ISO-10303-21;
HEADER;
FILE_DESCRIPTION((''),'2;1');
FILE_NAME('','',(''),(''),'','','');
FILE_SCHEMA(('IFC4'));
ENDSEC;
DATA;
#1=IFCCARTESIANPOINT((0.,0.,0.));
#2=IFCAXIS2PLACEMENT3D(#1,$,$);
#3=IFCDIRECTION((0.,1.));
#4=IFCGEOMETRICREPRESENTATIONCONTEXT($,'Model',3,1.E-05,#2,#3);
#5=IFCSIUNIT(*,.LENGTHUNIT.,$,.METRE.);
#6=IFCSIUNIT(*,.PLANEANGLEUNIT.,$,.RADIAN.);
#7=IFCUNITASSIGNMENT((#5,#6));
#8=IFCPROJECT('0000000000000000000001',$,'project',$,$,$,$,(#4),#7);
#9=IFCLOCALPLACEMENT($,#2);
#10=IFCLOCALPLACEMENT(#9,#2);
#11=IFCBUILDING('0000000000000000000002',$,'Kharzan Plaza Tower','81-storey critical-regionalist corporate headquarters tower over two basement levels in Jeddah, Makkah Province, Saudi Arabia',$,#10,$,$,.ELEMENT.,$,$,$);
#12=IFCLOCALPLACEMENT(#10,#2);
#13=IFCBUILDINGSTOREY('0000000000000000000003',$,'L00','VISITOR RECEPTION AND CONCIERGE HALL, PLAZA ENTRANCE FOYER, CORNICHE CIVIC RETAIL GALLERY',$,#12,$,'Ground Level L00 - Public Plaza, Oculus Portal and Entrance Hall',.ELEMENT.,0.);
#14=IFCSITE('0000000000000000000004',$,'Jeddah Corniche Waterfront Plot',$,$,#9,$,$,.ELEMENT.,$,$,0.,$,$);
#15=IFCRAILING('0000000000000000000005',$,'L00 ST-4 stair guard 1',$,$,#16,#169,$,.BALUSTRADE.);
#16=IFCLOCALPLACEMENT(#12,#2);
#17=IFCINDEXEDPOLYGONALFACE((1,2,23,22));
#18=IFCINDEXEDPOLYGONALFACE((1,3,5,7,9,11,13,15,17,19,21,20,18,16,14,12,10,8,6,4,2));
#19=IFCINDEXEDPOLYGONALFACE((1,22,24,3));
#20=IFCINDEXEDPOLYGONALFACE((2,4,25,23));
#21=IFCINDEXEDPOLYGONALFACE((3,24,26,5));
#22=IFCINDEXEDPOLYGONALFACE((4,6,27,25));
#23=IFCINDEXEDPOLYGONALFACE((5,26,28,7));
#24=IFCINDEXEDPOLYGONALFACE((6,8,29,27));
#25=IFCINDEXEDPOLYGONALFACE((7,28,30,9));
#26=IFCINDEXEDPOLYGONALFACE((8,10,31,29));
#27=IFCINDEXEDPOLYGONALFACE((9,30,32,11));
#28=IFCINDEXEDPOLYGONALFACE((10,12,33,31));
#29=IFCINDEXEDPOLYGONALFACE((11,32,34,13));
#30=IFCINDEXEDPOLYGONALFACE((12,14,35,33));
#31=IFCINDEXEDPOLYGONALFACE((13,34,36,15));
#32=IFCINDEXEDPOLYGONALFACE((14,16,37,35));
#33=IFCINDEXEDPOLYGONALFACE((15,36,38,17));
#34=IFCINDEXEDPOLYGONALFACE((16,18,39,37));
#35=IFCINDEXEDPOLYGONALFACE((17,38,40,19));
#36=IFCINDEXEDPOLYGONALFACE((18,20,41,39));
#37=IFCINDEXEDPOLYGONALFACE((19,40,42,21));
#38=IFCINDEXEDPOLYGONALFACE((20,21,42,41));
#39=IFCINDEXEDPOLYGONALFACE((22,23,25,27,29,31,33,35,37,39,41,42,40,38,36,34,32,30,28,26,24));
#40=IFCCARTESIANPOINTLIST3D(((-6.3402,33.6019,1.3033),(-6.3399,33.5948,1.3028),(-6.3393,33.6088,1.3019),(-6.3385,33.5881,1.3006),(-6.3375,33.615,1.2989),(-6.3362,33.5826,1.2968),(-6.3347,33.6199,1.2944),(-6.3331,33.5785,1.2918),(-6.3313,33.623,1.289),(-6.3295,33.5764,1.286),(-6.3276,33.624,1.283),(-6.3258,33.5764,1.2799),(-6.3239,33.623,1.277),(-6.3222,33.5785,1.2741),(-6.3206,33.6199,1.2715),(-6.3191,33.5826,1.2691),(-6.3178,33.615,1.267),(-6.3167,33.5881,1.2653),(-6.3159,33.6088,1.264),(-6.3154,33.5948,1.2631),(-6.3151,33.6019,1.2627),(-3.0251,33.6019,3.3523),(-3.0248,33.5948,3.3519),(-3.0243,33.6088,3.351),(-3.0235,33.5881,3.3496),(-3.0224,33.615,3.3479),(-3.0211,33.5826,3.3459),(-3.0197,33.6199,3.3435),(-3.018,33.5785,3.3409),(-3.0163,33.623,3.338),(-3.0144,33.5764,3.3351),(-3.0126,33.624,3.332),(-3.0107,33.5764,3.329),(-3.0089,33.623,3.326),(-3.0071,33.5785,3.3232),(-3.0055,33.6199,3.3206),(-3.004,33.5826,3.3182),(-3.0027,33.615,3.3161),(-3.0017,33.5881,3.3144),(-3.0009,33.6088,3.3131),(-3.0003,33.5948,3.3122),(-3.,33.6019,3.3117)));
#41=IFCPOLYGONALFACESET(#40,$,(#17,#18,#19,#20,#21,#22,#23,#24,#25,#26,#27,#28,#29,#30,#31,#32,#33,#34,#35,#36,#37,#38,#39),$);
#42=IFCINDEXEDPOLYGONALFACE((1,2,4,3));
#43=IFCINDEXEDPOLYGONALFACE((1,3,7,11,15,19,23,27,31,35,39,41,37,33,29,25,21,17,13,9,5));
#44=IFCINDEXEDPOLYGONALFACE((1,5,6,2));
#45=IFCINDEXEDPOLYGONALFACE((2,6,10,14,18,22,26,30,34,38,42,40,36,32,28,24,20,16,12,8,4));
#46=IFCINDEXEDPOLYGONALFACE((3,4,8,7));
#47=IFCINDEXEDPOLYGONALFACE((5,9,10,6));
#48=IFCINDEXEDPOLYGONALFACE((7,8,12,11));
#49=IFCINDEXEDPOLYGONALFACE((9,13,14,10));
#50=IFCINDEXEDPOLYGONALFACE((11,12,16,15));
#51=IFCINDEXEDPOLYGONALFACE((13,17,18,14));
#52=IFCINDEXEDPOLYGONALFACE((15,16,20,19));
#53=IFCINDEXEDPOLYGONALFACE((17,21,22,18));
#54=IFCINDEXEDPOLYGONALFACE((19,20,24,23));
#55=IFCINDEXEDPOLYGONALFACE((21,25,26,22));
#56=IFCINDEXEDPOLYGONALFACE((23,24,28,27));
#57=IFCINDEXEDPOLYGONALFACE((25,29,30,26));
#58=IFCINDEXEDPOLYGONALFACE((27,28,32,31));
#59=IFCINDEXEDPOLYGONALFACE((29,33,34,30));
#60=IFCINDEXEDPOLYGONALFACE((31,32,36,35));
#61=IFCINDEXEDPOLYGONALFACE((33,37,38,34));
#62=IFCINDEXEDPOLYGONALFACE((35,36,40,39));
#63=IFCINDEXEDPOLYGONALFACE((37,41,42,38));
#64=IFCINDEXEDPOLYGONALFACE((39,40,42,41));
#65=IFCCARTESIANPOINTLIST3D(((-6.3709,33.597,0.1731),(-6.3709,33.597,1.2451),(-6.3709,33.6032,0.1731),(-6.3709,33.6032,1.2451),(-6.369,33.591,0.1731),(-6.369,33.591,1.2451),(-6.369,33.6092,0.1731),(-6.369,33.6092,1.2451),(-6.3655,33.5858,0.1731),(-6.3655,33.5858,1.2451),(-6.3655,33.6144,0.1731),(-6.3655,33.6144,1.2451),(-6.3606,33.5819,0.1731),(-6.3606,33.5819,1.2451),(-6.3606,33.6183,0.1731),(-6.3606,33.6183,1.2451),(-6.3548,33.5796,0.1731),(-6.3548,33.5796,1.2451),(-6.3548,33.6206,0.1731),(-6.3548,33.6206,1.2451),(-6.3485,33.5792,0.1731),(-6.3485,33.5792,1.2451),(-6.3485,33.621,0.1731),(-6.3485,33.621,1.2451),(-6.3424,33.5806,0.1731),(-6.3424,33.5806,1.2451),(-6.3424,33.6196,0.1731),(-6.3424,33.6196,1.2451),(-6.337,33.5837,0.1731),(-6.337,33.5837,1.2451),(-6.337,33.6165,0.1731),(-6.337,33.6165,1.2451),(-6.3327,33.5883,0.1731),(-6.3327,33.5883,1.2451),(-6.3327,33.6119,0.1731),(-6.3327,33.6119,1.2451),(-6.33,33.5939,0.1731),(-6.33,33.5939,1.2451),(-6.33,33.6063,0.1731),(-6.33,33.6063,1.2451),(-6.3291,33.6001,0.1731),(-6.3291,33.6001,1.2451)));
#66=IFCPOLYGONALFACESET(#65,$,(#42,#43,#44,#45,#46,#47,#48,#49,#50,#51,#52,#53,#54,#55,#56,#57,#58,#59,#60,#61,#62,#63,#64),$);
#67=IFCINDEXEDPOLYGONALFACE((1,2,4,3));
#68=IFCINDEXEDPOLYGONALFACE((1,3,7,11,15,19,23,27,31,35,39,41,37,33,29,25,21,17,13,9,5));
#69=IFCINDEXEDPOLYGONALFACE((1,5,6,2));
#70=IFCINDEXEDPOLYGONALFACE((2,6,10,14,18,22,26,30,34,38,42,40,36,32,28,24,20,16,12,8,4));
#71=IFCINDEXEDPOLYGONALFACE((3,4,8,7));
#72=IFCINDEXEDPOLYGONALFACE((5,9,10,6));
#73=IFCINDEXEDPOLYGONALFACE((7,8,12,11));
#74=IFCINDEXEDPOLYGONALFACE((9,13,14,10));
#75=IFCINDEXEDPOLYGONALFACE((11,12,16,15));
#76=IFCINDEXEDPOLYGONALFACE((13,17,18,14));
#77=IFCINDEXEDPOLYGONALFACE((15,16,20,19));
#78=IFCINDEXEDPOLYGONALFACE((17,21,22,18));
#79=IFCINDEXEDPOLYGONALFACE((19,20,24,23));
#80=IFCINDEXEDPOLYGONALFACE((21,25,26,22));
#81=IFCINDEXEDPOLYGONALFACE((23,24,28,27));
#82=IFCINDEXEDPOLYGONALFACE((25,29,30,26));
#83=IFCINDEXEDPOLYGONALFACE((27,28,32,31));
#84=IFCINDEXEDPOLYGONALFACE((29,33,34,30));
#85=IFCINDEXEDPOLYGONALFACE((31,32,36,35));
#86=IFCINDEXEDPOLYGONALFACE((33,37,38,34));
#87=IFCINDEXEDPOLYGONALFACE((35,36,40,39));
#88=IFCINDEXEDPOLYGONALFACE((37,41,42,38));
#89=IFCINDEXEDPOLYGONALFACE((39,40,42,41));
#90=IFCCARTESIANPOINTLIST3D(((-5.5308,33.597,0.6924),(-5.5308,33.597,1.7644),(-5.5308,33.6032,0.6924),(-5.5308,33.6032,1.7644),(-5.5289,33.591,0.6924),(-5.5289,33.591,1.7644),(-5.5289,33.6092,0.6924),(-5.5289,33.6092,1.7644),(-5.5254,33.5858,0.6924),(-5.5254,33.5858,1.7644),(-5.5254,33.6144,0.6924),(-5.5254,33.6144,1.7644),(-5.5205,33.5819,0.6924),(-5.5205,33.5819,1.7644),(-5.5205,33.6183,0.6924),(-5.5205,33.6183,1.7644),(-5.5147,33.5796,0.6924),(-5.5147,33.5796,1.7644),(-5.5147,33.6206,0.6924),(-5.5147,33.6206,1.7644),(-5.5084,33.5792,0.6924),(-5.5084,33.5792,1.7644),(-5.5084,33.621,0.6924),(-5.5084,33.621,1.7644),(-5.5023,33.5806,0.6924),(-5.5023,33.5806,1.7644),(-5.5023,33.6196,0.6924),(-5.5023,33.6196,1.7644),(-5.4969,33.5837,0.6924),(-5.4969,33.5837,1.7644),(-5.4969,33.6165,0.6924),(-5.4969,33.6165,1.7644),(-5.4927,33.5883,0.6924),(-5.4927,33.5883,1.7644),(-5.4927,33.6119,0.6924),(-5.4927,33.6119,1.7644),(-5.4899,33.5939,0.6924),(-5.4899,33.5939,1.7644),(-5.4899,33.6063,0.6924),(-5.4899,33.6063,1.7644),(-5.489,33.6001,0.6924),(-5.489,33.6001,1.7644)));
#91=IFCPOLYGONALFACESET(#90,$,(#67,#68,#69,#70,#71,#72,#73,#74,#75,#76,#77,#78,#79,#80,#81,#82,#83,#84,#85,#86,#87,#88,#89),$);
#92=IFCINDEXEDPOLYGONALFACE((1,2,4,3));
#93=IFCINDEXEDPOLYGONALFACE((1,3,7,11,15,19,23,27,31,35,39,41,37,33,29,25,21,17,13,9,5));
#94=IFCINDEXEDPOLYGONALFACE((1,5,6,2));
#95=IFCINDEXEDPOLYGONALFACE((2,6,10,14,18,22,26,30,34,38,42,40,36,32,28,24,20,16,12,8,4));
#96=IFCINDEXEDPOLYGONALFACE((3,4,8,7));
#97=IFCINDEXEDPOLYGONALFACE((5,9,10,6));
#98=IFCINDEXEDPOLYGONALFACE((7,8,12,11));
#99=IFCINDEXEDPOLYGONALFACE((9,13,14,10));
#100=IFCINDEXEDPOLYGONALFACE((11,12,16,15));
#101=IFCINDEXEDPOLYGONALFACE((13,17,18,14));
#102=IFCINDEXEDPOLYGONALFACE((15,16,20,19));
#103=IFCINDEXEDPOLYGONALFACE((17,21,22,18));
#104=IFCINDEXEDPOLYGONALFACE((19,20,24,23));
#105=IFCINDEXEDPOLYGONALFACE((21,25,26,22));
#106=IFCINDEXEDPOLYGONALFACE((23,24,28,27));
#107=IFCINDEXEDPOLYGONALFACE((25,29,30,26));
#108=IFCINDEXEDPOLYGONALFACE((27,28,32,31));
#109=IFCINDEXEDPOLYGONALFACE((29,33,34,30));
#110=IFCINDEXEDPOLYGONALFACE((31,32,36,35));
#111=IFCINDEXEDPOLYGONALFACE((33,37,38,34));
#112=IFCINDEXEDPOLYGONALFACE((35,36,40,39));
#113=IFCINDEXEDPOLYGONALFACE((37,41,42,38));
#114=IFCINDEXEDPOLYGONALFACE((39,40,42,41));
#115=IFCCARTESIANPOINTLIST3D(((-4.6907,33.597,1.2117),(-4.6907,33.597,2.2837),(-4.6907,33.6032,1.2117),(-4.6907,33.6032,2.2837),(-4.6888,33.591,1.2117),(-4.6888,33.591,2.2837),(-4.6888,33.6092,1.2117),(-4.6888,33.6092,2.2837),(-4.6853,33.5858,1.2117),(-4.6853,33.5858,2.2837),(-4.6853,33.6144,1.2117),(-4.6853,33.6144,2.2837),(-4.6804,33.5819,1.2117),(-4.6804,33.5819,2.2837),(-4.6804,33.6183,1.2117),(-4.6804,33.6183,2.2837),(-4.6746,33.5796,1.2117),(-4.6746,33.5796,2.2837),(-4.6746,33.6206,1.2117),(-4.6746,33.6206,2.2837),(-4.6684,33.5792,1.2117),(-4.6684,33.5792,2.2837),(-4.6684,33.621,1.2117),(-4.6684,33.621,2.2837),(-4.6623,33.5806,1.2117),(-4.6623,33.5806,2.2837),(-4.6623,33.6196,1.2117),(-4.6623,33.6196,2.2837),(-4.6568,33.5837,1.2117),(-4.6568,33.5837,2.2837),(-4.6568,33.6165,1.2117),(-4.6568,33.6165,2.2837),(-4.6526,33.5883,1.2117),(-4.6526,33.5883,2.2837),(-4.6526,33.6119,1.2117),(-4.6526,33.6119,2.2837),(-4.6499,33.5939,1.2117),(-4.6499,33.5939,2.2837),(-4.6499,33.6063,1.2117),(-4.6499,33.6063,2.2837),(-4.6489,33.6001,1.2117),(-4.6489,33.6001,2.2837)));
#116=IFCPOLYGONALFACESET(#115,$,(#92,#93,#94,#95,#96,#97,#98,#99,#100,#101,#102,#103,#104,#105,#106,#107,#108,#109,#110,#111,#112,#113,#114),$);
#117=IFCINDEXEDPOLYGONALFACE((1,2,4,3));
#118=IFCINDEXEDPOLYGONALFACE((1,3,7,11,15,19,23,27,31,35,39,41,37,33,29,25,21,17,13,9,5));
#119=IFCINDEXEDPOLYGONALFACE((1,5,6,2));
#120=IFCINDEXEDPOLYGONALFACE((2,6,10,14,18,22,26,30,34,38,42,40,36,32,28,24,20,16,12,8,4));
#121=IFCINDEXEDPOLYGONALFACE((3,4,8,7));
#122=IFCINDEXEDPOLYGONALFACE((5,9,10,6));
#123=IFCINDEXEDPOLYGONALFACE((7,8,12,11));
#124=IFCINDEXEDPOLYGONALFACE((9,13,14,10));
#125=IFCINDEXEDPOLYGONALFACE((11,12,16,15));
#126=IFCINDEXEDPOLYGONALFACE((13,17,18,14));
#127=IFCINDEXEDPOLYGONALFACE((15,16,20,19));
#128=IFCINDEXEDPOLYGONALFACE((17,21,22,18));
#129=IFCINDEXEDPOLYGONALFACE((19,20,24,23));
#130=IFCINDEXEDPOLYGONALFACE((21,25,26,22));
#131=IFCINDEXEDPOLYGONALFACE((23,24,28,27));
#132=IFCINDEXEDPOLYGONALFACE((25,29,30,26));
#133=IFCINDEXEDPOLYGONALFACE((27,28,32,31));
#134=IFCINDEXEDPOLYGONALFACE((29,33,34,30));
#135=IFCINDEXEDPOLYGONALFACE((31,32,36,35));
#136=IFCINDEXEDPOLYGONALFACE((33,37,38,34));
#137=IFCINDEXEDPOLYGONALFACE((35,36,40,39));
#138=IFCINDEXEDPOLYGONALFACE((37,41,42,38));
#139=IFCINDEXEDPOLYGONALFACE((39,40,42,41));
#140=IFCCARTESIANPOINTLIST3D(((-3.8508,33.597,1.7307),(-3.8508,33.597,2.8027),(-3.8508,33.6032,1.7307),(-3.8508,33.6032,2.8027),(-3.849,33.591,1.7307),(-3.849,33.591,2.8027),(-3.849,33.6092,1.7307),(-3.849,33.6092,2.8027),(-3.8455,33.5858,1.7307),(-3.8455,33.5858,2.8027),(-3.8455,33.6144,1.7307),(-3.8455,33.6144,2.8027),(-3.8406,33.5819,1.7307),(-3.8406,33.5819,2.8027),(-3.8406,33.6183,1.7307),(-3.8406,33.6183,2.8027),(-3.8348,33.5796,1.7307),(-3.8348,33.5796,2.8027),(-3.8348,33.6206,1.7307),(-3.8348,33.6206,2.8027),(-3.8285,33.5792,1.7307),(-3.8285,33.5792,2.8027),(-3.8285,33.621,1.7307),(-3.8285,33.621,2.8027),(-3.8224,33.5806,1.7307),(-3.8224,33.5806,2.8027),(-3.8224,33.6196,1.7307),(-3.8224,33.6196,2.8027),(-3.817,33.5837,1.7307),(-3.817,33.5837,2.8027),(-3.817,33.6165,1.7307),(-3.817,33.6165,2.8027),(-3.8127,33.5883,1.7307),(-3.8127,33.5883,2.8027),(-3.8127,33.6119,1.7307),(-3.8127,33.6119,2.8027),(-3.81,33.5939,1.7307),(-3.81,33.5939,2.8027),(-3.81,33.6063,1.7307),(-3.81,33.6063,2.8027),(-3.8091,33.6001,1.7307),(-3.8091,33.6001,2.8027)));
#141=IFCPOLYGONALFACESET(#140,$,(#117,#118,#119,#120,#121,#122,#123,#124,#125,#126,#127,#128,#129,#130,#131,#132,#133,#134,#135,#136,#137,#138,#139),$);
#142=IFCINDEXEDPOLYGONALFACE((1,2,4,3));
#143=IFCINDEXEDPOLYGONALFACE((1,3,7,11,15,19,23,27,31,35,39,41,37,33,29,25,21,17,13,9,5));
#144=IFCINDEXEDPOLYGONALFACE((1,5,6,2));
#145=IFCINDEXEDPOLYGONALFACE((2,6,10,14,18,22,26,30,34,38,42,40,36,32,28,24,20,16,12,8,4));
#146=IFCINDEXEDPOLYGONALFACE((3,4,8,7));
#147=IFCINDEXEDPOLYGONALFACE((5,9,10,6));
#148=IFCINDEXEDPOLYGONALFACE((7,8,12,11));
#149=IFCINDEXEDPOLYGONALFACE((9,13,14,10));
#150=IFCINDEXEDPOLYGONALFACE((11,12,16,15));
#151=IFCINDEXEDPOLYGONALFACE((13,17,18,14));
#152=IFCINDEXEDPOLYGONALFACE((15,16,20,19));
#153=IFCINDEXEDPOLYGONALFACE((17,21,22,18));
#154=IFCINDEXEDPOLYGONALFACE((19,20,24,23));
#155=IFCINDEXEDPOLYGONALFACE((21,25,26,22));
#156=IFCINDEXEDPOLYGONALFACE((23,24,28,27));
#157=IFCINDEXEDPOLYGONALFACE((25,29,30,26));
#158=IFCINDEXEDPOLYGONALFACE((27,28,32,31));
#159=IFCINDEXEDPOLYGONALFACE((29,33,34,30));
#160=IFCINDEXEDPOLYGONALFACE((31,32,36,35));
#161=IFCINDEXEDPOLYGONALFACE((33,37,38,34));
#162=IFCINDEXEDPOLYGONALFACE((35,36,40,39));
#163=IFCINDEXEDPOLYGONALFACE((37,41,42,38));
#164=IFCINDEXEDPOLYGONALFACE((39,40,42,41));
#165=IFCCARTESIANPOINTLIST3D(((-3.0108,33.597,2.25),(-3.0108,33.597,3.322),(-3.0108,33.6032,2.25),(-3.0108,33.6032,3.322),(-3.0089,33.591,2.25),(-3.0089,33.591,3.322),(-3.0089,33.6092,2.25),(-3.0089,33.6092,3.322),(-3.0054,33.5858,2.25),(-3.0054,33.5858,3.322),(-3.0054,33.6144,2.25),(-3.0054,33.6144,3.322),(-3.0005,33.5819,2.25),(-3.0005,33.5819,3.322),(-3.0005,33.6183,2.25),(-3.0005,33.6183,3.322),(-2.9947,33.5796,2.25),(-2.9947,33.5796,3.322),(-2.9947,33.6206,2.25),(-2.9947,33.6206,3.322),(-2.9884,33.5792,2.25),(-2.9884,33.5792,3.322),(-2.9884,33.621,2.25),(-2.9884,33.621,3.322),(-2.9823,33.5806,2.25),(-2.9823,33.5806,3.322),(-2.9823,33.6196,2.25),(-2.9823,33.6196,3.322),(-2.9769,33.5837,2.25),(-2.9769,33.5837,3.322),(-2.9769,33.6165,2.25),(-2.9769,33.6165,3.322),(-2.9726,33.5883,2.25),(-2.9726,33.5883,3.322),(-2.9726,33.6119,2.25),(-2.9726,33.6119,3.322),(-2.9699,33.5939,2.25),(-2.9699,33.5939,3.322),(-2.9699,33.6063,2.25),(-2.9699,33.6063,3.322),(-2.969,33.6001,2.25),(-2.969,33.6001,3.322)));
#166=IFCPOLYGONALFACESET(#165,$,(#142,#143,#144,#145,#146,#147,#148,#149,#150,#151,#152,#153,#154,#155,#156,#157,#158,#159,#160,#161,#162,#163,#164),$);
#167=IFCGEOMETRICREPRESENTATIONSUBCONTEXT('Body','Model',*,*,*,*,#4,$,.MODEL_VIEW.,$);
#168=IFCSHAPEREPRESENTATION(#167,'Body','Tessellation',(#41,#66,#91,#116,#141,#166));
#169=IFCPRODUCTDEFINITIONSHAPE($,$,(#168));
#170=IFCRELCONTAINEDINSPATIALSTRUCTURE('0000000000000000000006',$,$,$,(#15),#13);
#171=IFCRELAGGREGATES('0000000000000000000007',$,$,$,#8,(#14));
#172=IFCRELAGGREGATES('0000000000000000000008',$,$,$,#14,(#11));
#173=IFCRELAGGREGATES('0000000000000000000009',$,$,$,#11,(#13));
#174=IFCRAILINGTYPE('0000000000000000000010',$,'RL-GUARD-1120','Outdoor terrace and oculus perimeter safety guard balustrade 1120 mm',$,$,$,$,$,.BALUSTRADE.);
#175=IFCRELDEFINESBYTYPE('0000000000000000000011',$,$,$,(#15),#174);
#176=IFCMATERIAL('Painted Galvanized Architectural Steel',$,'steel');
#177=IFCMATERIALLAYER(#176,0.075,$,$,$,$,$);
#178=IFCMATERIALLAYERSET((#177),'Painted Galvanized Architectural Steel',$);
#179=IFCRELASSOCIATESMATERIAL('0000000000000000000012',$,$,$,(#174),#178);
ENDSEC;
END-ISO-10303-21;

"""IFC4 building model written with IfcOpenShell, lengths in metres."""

from ifc_helpers import new_model, si_unit, direction, frame, origin, origin_2d, place, context, subcontext, project, spatial, circle, extrude, source, transform, mapped, material, layer, layer_set, type_object, element, save


model = new_model("IFC4")

# Units and contexts
model_context = context("Model", 3, precision=1e-05, world=origin(), true_north=direction((0.0, 1.0)))
body_context = subcontext(model_context, "Body", "Model", "MODEL_VIEW")
ifc_project = project(units=[si_unit("LENGTHUNIT", "METRE"), si_unit("PLANEANGLEUNIT", "RADIAN")], contexts=[model_context])

# Site, building, storey
site_placement = place(None, origin())
site = spatial("IfcSite", under=ifc_project, at=site_placement, Name="Jeddah Corniche Waterfront Plot", CompositionType="ELEMENT", RefElevation=0.0)
building_placement = place(site_placement, origin())
building = spatial("IfcBuilding", under=site, at=building_placement, Name="Kharzan Plaza Tower", Description="81-storey critical-regionalist corporate headquarters tower over two basement levels in Jeddah, Makkah Province, Saudi Arabia", CompositionType="ELEMENT")
storey_placement = place(building_placement, origin())
storey = spatial("IfcBuildingStorey", under=building, at=storey_placement, Name="L00", Description="VISITOR RECEPTION AND CONCIERGE HALL, PLAZA ENTRANCE FOYER, CORNICHE CIVIC RETAIL GALLERY", LongName="Ground Level L00 - Public Plaza, Oculus Portal and Entrance Hall", CompositionType="ELEMENT", Elevation=0.0)

# Railing
ifc_material_1 = material(Name="Painted Galvanized Architectural Steel", Category="steel")
ifc_layer_1 = layer(ifc_material_1, 0.075)
ifc_layer_set_1 = layer_set([ifc_layer_1], Name="Painted Galvanized Architectural Steel")
railing_type_1 = type_object("IfcRailingType", Name="RL-GUARD-1120", Description="Outdoor terrace and oculus perimeter safety guard balustrade 1120 mm", PredefinedType="BALUSTRADE", material=ifc_layer_set_1)
shared_shape_1 = source(origin(), body_context, "Body", "SweptSolid", [
    extrude(circle(Radius=0.0239, at=origin_2d()), frame((0.0225, 0.0, 1.1099), z_axis=(0.850623, 0.0, 0.525776), x_axis=(0.0, 1.0, 0.0)), (0.0, 0.0, 1.0), 3.8972),
    extrude(circle(Radius=0.021, at=origin_2d()), origin(), (0.0, 0.0, 1.0), 1.072),
    extrude(circle(Radius=0.021, at=origin_2d()), frame((0.8401, 0.0, 0.5193)), (0.0, 0.0, 1.0), 1.072),
    extrude(circle(Radius=0.021, at=origin_2d()), frame((1.6802, 0.0, 1.0386)), (0.0, 0.0, 1.0), 1.072),
    extrude(circle(Radius=0.021, at=origin_2d()), frame((2.52, 0.0, 1.5576)), (0.0, 0.0, 1.0), 1.072),
    extrude(circle(Radius=0.021, at=origin_2d()), frame((3.3601, 0.0, 2.0769)), (0.0, 0.0, 1.0), 1.072),
])
railing_1_placement = place(storey_placement, frame((-6.3501, 33.6001, 0.1731)))
element("IfcRailing", 1, at=railing_1_placement, inside=storey, type_object=railing_type_1, Name="L00 ST-4 stair guard 1", PredefinedType="BALUSTRADE", context=body_context, shape_type="MappedRepresentation", body=[
    mapped(shared_shape_1, transform((0.0, 0.0, 0.0), x_axis=(1.0, 0.0, 0.0), y_axis=(0.0, 1.0, 0.0), z_axis=(0.0, 0.0, 1.0))),
])

save(model, "model.ifc")
